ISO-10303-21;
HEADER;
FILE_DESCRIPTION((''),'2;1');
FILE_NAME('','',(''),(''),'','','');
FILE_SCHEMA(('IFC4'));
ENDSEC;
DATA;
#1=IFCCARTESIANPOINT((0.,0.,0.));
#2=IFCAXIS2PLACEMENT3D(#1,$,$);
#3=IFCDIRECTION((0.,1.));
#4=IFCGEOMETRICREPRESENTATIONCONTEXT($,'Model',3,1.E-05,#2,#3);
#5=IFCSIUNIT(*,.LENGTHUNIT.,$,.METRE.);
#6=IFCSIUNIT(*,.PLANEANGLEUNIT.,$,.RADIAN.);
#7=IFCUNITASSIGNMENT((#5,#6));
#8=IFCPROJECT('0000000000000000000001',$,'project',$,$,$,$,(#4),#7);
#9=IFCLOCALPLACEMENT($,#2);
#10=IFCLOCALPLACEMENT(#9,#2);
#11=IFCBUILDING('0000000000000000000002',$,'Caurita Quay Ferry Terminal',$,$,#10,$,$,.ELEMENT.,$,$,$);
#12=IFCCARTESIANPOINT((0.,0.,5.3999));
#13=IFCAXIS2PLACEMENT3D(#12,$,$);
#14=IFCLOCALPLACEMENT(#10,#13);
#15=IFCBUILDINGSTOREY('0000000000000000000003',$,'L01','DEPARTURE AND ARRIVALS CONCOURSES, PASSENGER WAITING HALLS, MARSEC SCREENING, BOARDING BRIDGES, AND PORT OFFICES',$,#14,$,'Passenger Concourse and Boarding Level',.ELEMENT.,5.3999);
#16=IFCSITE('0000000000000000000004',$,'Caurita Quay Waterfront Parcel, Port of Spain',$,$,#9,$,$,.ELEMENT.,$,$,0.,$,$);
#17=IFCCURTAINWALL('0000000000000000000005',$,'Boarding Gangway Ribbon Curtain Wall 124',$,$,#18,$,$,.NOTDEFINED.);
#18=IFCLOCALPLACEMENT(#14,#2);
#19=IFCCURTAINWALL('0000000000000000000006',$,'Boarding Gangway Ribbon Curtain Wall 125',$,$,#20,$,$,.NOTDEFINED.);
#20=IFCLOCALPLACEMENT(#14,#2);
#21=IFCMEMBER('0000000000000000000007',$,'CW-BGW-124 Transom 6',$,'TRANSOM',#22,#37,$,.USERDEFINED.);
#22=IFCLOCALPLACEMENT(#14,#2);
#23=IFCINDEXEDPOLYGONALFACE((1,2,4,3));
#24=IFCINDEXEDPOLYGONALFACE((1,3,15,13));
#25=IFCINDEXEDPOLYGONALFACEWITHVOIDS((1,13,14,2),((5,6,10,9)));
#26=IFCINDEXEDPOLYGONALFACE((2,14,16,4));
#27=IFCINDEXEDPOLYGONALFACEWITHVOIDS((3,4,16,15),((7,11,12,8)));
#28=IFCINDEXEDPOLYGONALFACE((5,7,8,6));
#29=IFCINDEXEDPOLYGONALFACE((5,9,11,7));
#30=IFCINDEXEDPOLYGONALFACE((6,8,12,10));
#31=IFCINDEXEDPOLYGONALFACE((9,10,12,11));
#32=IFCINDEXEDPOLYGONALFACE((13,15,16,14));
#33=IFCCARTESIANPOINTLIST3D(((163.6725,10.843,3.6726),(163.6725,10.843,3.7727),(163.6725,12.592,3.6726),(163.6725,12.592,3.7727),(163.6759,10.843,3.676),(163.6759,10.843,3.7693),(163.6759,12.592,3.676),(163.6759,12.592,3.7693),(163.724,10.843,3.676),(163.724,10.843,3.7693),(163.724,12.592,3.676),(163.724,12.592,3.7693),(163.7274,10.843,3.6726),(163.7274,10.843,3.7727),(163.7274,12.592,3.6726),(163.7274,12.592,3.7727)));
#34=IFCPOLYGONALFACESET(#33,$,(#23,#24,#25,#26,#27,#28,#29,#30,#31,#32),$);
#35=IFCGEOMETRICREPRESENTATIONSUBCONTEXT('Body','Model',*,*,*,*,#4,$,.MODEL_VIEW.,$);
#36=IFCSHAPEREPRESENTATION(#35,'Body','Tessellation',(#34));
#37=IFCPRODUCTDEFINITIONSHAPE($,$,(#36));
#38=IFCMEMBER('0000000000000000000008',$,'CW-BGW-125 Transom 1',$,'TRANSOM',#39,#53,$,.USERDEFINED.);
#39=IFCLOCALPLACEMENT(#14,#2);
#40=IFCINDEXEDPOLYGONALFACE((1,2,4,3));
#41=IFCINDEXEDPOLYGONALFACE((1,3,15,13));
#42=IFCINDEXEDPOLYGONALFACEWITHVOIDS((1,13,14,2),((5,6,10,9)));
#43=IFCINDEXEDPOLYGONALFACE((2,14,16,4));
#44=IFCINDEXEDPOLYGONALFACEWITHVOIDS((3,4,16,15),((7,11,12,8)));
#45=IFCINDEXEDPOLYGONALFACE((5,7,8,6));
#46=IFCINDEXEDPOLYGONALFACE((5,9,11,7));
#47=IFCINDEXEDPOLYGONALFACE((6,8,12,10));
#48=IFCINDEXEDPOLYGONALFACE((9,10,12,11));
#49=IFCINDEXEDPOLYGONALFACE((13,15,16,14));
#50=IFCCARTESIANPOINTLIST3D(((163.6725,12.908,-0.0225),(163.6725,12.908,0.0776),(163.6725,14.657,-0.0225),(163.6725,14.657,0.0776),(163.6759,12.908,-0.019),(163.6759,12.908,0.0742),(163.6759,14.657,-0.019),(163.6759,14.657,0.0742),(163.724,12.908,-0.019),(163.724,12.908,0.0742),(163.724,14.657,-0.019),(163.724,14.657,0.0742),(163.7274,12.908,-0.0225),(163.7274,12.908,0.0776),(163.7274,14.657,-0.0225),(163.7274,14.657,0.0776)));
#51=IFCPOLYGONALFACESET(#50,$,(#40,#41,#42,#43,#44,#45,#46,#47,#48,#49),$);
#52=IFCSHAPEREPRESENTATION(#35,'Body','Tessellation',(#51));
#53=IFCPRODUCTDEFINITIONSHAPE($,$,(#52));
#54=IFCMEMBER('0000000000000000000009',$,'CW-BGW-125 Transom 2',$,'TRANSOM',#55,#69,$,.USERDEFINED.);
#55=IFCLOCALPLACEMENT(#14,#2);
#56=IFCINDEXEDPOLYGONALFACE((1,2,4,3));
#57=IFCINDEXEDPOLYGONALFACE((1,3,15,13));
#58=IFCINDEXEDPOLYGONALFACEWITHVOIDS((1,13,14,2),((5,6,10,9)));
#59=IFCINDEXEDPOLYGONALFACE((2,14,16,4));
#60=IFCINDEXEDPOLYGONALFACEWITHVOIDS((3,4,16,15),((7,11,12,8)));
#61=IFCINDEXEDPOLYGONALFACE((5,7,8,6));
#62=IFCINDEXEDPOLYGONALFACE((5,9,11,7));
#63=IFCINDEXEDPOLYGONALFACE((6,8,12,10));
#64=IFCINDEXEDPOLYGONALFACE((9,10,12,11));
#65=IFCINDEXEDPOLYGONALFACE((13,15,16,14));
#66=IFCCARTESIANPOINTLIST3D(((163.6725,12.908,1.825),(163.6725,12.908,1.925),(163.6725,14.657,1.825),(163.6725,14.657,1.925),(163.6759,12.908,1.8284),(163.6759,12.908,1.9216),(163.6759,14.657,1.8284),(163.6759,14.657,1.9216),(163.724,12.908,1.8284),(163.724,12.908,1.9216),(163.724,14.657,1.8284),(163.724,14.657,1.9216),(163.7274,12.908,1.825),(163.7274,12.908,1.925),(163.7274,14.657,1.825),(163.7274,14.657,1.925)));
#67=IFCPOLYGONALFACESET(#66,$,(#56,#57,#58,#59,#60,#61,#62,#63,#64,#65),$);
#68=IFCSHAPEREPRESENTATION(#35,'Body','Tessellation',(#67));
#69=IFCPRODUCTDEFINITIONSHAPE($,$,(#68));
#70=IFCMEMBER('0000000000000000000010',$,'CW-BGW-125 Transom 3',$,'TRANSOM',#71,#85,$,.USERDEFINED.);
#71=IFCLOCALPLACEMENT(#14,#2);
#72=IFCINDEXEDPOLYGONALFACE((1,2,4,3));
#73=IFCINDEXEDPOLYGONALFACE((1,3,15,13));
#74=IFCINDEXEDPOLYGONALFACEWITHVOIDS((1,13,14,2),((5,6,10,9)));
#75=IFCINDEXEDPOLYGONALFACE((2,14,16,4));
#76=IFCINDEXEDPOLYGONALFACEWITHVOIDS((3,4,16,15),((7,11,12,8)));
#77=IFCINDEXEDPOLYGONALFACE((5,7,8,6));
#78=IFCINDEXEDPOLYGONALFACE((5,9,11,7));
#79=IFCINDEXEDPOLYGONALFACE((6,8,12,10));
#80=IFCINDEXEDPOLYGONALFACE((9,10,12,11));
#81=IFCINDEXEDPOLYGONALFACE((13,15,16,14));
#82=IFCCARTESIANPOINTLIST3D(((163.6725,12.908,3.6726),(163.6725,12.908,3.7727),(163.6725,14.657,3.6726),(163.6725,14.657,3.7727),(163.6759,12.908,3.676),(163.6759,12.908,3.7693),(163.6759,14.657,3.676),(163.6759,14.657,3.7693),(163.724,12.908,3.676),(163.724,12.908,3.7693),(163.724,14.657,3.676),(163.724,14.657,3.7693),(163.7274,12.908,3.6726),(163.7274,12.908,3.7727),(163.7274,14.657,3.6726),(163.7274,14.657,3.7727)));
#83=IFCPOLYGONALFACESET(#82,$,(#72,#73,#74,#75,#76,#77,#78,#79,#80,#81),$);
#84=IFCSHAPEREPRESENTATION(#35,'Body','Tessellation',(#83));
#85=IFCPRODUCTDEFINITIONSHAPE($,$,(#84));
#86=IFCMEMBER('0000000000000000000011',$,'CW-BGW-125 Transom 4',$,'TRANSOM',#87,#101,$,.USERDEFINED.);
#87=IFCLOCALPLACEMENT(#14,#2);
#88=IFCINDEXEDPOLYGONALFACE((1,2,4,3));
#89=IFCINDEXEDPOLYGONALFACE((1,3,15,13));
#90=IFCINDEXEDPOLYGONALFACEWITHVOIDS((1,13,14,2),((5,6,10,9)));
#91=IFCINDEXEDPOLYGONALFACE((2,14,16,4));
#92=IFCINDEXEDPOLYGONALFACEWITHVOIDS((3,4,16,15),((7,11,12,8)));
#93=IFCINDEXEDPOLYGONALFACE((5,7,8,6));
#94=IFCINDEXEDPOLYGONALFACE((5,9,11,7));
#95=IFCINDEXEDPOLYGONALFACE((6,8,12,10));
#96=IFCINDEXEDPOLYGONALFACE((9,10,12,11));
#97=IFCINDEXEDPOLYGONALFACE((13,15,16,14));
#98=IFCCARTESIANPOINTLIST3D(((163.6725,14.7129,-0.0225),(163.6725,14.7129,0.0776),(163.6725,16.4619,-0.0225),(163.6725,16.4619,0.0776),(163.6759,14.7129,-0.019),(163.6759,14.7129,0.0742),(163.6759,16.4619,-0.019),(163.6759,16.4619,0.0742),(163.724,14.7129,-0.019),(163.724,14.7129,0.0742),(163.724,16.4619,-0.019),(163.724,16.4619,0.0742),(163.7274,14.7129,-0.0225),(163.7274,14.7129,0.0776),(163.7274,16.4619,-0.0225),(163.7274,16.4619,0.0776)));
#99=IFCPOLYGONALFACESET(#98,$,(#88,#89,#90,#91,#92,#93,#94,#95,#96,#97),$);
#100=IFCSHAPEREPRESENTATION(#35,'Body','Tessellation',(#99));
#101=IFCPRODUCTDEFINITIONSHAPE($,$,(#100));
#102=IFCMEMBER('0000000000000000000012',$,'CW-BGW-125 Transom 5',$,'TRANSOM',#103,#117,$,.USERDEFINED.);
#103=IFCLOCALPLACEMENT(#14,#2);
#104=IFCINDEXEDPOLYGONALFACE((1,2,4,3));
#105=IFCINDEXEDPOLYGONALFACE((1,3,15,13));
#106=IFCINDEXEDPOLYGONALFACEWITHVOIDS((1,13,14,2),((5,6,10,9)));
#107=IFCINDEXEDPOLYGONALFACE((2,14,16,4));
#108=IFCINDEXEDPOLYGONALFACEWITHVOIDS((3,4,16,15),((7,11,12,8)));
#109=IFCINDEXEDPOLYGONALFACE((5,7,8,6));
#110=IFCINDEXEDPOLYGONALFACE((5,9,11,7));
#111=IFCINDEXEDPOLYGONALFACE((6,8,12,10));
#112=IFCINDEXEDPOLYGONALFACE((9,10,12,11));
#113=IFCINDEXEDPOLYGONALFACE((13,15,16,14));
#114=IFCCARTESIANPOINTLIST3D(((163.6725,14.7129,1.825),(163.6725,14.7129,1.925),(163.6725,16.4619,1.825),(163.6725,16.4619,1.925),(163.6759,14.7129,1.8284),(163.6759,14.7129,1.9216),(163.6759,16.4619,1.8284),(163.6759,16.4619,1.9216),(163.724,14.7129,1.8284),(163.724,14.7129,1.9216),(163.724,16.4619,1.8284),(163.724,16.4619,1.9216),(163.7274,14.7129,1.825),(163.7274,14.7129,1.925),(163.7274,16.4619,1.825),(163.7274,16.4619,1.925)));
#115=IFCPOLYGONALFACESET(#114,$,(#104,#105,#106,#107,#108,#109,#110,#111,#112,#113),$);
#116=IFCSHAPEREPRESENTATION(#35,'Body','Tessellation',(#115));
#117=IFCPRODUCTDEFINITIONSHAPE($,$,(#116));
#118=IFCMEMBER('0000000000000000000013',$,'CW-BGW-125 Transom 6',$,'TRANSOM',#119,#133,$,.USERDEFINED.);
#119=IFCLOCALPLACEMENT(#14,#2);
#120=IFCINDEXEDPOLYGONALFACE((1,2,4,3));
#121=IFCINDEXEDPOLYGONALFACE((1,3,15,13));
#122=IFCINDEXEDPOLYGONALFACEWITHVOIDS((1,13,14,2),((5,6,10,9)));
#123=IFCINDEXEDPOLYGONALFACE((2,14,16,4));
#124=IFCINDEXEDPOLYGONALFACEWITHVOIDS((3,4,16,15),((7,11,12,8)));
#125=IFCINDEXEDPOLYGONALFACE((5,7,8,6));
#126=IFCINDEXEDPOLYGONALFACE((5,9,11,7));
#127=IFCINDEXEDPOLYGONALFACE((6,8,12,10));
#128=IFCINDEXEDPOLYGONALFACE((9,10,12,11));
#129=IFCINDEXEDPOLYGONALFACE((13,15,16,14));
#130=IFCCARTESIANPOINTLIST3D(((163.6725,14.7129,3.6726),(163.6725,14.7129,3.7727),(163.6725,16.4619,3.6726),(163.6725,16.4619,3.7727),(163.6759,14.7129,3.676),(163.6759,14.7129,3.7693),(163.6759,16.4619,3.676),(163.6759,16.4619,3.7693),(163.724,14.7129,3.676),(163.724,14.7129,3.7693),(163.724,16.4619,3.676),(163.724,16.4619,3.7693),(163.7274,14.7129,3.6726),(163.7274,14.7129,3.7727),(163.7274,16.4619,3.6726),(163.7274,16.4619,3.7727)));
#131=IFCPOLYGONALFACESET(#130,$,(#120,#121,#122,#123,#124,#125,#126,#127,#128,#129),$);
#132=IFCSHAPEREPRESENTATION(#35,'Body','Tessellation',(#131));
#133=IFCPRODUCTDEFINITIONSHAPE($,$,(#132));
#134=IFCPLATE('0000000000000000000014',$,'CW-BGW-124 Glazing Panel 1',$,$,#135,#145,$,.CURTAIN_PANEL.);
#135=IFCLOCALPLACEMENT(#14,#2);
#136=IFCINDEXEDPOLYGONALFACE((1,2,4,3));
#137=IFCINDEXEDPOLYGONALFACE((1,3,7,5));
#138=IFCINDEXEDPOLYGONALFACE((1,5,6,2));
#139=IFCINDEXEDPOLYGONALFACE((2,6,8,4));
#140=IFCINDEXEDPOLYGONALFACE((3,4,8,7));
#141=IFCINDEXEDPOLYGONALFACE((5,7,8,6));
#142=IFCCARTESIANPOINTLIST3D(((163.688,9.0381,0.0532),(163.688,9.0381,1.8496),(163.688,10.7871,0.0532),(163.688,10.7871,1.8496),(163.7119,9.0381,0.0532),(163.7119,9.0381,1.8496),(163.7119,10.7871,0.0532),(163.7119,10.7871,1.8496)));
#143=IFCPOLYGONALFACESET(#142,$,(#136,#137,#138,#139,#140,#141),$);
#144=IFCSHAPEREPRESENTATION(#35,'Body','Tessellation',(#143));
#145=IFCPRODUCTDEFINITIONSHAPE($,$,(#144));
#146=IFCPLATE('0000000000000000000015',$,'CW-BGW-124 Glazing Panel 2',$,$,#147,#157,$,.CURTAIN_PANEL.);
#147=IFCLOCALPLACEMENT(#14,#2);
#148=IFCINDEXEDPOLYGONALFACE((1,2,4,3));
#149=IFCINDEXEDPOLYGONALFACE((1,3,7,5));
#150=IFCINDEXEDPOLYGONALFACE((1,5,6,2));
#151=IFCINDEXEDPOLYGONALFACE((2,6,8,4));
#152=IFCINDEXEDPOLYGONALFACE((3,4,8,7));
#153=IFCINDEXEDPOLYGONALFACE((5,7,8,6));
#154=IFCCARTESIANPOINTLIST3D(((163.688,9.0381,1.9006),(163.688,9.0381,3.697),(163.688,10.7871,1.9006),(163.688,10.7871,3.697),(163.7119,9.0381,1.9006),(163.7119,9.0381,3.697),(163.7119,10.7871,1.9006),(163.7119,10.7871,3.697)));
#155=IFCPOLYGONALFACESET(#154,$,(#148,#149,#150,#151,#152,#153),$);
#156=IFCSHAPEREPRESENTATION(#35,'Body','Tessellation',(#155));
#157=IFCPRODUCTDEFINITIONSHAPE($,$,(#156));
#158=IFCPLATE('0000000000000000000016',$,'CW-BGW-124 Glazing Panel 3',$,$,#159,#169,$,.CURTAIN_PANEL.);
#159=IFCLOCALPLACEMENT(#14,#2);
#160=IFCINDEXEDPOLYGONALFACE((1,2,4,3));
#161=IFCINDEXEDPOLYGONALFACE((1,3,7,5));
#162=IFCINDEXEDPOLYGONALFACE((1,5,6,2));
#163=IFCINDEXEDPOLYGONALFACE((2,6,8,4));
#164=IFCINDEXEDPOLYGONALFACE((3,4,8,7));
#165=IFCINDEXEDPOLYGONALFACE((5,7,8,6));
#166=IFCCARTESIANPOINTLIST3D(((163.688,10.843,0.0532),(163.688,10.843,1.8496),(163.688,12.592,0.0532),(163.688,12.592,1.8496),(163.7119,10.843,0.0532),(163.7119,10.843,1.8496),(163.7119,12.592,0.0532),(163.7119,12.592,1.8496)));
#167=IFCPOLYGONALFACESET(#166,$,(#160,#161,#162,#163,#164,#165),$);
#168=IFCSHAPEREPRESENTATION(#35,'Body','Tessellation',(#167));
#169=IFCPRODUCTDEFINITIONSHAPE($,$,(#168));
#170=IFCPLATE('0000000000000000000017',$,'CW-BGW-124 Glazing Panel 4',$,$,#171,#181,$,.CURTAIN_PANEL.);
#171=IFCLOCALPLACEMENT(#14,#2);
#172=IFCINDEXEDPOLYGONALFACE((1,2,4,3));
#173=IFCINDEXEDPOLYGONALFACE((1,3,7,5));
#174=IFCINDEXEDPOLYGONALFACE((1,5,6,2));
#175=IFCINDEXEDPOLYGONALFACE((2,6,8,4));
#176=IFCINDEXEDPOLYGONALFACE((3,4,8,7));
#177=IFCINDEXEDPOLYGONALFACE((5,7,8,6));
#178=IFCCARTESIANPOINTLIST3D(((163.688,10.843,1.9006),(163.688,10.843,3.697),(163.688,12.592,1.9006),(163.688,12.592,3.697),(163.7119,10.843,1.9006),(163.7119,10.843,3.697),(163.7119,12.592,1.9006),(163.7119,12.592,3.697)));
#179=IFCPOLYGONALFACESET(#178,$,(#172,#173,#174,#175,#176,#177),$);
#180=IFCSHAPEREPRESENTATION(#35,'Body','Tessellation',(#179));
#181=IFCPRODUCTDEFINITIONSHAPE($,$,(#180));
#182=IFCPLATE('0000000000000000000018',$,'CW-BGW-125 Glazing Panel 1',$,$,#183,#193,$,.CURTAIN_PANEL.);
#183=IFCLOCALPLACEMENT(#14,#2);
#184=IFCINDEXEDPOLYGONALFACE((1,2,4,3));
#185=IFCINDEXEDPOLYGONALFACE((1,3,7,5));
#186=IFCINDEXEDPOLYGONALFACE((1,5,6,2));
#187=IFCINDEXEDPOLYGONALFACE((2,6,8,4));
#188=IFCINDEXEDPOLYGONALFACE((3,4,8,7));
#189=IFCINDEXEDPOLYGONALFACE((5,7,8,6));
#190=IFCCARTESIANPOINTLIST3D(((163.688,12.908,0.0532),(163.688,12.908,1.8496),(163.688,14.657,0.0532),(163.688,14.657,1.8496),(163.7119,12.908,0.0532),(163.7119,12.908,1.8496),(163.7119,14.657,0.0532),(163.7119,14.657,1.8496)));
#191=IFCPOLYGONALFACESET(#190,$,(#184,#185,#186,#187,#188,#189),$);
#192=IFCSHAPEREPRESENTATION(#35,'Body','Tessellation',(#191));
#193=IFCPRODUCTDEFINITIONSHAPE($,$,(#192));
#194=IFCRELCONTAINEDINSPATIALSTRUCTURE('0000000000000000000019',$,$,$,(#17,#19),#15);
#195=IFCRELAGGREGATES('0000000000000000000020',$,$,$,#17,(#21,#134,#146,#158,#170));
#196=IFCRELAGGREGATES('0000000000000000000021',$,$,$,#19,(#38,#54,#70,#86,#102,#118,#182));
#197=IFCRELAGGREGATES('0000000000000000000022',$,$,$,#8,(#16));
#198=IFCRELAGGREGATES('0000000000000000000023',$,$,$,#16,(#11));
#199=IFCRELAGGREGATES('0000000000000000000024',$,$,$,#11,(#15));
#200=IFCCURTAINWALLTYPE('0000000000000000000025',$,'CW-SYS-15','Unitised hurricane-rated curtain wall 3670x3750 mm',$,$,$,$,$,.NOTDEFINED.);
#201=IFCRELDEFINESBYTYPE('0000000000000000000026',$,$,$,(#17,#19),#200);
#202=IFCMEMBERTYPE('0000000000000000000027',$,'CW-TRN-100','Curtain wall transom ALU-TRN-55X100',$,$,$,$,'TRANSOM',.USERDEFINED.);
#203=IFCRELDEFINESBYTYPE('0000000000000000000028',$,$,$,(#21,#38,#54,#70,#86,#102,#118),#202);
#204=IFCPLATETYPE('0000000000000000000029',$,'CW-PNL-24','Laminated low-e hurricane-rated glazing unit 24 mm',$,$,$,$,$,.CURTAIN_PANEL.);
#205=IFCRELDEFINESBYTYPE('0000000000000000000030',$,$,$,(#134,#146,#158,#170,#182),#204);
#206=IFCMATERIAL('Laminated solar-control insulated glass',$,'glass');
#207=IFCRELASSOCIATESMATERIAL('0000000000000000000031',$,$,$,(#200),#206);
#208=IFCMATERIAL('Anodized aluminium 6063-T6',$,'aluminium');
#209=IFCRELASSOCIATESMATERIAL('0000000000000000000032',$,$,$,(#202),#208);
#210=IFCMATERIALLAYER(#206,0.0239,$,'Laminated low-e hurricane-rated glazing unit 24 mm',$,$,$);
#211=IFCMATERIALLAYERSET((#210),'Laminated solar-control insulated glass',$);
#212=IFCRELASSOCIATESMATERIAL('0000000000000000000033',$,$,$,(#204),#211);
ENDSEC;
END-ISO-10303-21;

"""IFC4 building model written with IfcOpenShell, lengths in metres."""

from ifc_helpers import new_model, si_unit, direction, frame, origin, origin_2d, place, context, subcontext, project, spatial, rectangle, hollow_rectangle, extrude, material, layer, layer_set, material_profile, profile_set, type_object, element, aggregate, save


model = new_model("IFC4")

# Units and contexts
model_context = context("Model", 3, precision=1e-05, world=origin(), true_north=direction((0.0, 1.0)))
body_context = subcontext(model_context, "Body", "Model", "MODEL_VIEW")
ifc_project = project(units=[si_unit("LENGTHUNIT", "METRE"), si_unit("PLANEANGLEUNIT", "RADIAN")], contexts=[model_context])

# Site, building, storey
site_placement = place(None, origin())
site = spatial("IfcSite", under=ifc_project, at=site_placement, Name="Caurita Quay Waterfront Parcel, Port of Spain", CompositionType="ELEMENT", RefElevation=0.0)
building_placement = place(site_placement, origin())
building = spatial("IfcBuilding", under=site, at=building_placement, Name="Caurita Quay Ferry Terminal", CompositionType="ELEMENT")
storey_placement = place(building_placement, frame((0.0, 0.0, 5.3999)))
storey = spatial("IfcBuildingStorey", under=building, at=storey_placement, Name="L01", Description="DEPARTURE AND ARRIVALS CONCOURSES, PASSENGER WAITING HALLS, MARSEC SCREENING, BOARDING BRIDGES, AND PORT OFFICES", LongName="Passenger Concourse and Boarding Level", CompositionType="ELEMENT", Elevation=5.3999)

# Curtain walls
ifc_material_1 = material(Name="Laminated solar-control insulated glass", Category="glass")
curtain_wall_type = type_object("IfcCurtainWallType", Name="CW-SYS-15", Description="Unitised hurricane-rated curtain wall 3670x3750 mm", PredefinedType="NOTDEFINED", material=ifc_material_1)
curtain_wall_1_placement = place(storey_placement, origin())
curtain_wall_1 = element("IfcCurtainWall", 1, at=curtain_wall_1_placement, inside=storey, type_object=curtain_wall_type, Name="Boarding Gangway Ribbon Curtain Wall 124", PredefinedType="NOTDEFINED")
ifc_material_2 = material(Name="Anodized aluminium 6063-T6", Category="aluminium")
curtain_wall_2_placement = place(storey_placement, origin())
curtain_wall_2 = element("IfcCurtainWall", 2, at=curtain_wall_2_placement, inside=storey, type_object=curtain_wall_type, Name="Boarding Gangway Ribbon Curtain Wall 125", PredefinedType="NOTDEFINED")

# Members
ifc_material_profile_1 = material_profile(ifc_material_2, hollow_rectangle(XDim=0.0549, YDim=0.1001, WallThickness=0.0034, at=origin_2d()), Name="ALU-TRN-55X100")
ifc_profile_set_1 = profile_set([ifc_material_profile_1], Name="Anodized aluminium 6063-T6")
member_type_1 = type_object("IfcMemberType", Name="CW-TRN-100", Description="Curtain wall transom ALU-TRN-55X100", ElementType="TRANSOM", PredefinedType="USERDEFINED", material=ifc_profile_set_1)
member_1_placement = place(storey_placement, frame((163.7, 10.843, 3.7227), z_axis=(0.0, 1.0, 0.0), x_axis=(-1.0, 0.0, 0.0)))
member_1 = element("IfcMember", 3, at=member_1_placement, type_object=member_type_1, Name="CW-BGW-124 Transom 6", ObjectType="TRANSOM", PredefinedType="USERDEFINED", context=body_context, shape_type="SweptSolid", body=[
    extrude(hollow_rectangle(XDim=0.0549, YDim=0.1001, WallThickness=0.0034, at=origin_2d()), origin(), (0.0, 0.0, 1.0), 1.749),
])
member_2_placement = place(storey_placement, frame((163.7, 12.908, 0.0276), z_axis=(0.0, 1.0, 0.0), x_axis=(-1.0, 0.0, 0.0)))
member_2 = element("IfcMember", 4, at=member_2_placement, type_object=member_type_1, Name="CW-BGW-125 Transom 1", ObjectType="TRANSOM", PredefinedType="USERDEFINED", context=body_context, shape_type="SweptSolid", body=[
    extrude(hollow_rectangle(XDim=0.0549, YDim=0.1001, WallThickness=0.0034, at=origin_2d()), origin(), (0.0, 0.0, 1.0), 1.749),
])
member_3_placement = place(storey_placement, frame((163.7, 12.908, 1.875), z_axis=(0.0, 1.0, 0.0), x_axis=(-1.0, 0.0, 0.0)))
member_3 = element("IfcMember", 5, at=member_3_placement, type_object=member_type_1, Name="CW-BGW-125 Transom 2", ObjectType="TRANSOM", PredefinedType="USERDEFINED", context=body_context, shape_type="SweptSolid", body=[
    extrude(hollow_rectangle(XDim=0.0549, YDim=0.1001, WallThickness=0.0034, at=origin_2d()), origin(), (0.0, 0.0, 1.0), 1.749),
])
member_4_placement = place(storey_placement, frame((163.7, 12.908, 3.7227), z_axis=(0.0, 1.0, 0.0), x_axis=(-1.0, 0.0, 0.0)))
member_4 = element("IfcMember", 6, at=member_4_placement, type_object=member_type_1, Name="CW-BGW-125 Transom 3", ObjectType="TRANSOM", PredefinedType="USERDEFINED", context=body_context, shape_type="SweptSolid", body=[
    extrude(hollow_rectangle(XDim=0.0549, YDim=0.1001, WallThickness=0.0034, at=origin_2d()), origin(), (0.0, 0.0, 1.0), 1.749),
])
member_5_placement = place(storey_placement, frame((163.7, 14.7129, 0.0276), z_axis=(0.0, 1.0, 0.0), x_axis=(-1.0, 0.0, 0.0)))
member_5 = element("IfcMember", 7, at=member_5_placement, type_object=member_type_1, Name="CW-BGW-125 Transom 4", ObjectType="TRANSOM", PredefinedType="USERDEFINED", context=body_context, shape_type="SweptSolid", body=[
    extrude(hollow_rectangle(XDim=0.0549, YDim=0.1001, WallThickness=0.0034, at=origin_2d()), origin(), (0.0, 0.0, 1.0), 1.749),
])
member_6_placement = place(storey_placement, frame((163.7, 14.7129, 1.875), z_axis=(0.0, 1.0, 0.0), x_axis=(-1.0, 0.0, 0.0)))
member_6 = element("IfcMember", 8, at=member_6_placement, type_object=member_type_1, Name="CW-BGW-125 Transom 5", ObjectType="TRANSOM", PredefinedType="USERDEFINED", context=body_context, shape_type="SweptSolid", body=[
    extrude(hollow_rectangle(XDim=0.0549, YDim=0.1001, WallThickness=0.0034, at=origin_2d()), origin(), (0.0, 0.0, 1.0), 1.749),
])
member_7_placement = place(storey_placement, frame((163.7, 14.7129, 3.7227), z_axis=(0.0, 1.0, 0.0), x_axis=(-1.0, 0.0, 0.0)))
member_7 = element("IfcMember", 9, at=member_7_placement, type_object=member_type_1, Name="CW-BGW-125 Transom 6", ObjectType="TRANSOM", PredefinedType="USERDEFINED", context=body_context, shape_type="SweptSolid", body=[
    extrude(hollow_rectangle(XDim=0.0549, YDim=0.1001, WallThickness=0.0034, at=origin_2d()), origin(), (0.0, 0.0, 1.0), 1.749),
])

# Plates
ifc_layer = layer(ifc_material_1, 0.0239, Name="Laminated low-e hurricane-rated glazing unit 24 mm")
ifc_layer_set = layer_set([ifc_layer], Name="Laminated solar-control insulated glass")
plate_type = type_object("IfcPlateType", Name="CW-PNL-24", Description="Laminated low-e hurricane-rated glazing unit 24 mm", PredefinedType="CURTAIN_PANEL", material=ifc_layer_set)
plate_1_placement = place(storey_placement, frame((163.7, 9.9126, 0.0532), z_axis=(0.0, 0.0, 1.0), x_axis=(0.0, 1.0, 0.0)))
plate_1 = element("IfcPlate", 10, at=plate_1_placement, type_object=plate_type, Name="CW-BGW-124 Glazing Panel 1", PredefinedType="CURTAIN_PANEL", context=body_context, shape_type="SweptSolid", body=[
    extrude(rectangle(XDim=1.749, YDim=0.0239, at=origin_2d()), origin(), (0.0, 0.0, 1.0), 1.7964),
])
plate_2_placement = place(storey_placement, frame((163.7, 9.9126, 1.9006), z_axis=(0.0, 0.0, 1.0), x_axis=(0.0, 1.0, 0.0)))
plate_2 = element("IfcPlate", 11, at=plate_2_placement, type_object=plate_type, Name="CW-BGW-124 Glazing Panel 2", PredefinedType="CURTAIN_PANEL", context=body_context, shape_type="SweptSolid", body=[
    extrude(rectangle(XDim=1.749, YDim=0.0239, at=origin_2d()), origin(), (0.0, 0.0, 1.0), 1.7964),
])
plate_3_placement = place(storey_placement, frame((163.7, 11.7175, 0.0532), z_axis=(0.0, 0.0, 1.0), x_axis=(0.0, 1.0, 0.0)))
plate_3 = element("IfcPlate", 12, at=plate_3_placement, type_object=plate_type, Name="CW-BGW-124 Glazing Panel 3", PredefinedType="CURTAIN_PANEL", context=body_context, shape_type="SweptSolid", body=[
    extrude(rectangle(XDim=1.749, YDim=0.0239, at=origin_2d()), origin(), (0.0, 0.0, 1.0), 1.7964),
])
plate_4_placement = place(storey_placement, frame((163.7, 11.7175, 1.9006), z_axis=(0.0, 0.0, 1.0), x_axis=(0.0, 1.0, 0.0)))
plate_4 = element("IfcPlate", 13, at=plate_4_placement, type_object=plate_type, Name="CW-BGW-124 Glazing Panel 4", PredefinedType="CURTAIN_PANEL", context=body_context, shape_type="SweptSolid", body=[
    extrude(rectangle(XDim=1.749, YDim=0.0239, at=origin_2d()), origin(), (0.0, 0.0, 1.0), 1.7964),
])
aggregate(curtain_wall_1, [member_1, plate_1, plate_2, plate_3, plate_4])
plate_5_placement = place(storey_placement, frame((163.7, 13.7825, 0.0532), z_axis=(0.0, 0.0, 1.0), x_axis=(0.0, 1.0, 0.0)))
plate_5 = element("IfcPlate", 14, at=plate_5_placement, type_object=plate_type, Name="CW-BGW-125 Glazing Panel 1", PredefinedType="CURTAIN_PANEL", context=body_context, shape_type="SweptSolid", body=[
    extrude(rectangle(XDim=1.749, YDim=0.0239, at=origin_2d()), origin(), (0.0, 0.0, 1.0), 1.7964),
])
aggregate(curtain_wall_2, [member_2, member_3, member_4, member_5, member_6, member_7, plate_5])

save(model, "model.ifc")
